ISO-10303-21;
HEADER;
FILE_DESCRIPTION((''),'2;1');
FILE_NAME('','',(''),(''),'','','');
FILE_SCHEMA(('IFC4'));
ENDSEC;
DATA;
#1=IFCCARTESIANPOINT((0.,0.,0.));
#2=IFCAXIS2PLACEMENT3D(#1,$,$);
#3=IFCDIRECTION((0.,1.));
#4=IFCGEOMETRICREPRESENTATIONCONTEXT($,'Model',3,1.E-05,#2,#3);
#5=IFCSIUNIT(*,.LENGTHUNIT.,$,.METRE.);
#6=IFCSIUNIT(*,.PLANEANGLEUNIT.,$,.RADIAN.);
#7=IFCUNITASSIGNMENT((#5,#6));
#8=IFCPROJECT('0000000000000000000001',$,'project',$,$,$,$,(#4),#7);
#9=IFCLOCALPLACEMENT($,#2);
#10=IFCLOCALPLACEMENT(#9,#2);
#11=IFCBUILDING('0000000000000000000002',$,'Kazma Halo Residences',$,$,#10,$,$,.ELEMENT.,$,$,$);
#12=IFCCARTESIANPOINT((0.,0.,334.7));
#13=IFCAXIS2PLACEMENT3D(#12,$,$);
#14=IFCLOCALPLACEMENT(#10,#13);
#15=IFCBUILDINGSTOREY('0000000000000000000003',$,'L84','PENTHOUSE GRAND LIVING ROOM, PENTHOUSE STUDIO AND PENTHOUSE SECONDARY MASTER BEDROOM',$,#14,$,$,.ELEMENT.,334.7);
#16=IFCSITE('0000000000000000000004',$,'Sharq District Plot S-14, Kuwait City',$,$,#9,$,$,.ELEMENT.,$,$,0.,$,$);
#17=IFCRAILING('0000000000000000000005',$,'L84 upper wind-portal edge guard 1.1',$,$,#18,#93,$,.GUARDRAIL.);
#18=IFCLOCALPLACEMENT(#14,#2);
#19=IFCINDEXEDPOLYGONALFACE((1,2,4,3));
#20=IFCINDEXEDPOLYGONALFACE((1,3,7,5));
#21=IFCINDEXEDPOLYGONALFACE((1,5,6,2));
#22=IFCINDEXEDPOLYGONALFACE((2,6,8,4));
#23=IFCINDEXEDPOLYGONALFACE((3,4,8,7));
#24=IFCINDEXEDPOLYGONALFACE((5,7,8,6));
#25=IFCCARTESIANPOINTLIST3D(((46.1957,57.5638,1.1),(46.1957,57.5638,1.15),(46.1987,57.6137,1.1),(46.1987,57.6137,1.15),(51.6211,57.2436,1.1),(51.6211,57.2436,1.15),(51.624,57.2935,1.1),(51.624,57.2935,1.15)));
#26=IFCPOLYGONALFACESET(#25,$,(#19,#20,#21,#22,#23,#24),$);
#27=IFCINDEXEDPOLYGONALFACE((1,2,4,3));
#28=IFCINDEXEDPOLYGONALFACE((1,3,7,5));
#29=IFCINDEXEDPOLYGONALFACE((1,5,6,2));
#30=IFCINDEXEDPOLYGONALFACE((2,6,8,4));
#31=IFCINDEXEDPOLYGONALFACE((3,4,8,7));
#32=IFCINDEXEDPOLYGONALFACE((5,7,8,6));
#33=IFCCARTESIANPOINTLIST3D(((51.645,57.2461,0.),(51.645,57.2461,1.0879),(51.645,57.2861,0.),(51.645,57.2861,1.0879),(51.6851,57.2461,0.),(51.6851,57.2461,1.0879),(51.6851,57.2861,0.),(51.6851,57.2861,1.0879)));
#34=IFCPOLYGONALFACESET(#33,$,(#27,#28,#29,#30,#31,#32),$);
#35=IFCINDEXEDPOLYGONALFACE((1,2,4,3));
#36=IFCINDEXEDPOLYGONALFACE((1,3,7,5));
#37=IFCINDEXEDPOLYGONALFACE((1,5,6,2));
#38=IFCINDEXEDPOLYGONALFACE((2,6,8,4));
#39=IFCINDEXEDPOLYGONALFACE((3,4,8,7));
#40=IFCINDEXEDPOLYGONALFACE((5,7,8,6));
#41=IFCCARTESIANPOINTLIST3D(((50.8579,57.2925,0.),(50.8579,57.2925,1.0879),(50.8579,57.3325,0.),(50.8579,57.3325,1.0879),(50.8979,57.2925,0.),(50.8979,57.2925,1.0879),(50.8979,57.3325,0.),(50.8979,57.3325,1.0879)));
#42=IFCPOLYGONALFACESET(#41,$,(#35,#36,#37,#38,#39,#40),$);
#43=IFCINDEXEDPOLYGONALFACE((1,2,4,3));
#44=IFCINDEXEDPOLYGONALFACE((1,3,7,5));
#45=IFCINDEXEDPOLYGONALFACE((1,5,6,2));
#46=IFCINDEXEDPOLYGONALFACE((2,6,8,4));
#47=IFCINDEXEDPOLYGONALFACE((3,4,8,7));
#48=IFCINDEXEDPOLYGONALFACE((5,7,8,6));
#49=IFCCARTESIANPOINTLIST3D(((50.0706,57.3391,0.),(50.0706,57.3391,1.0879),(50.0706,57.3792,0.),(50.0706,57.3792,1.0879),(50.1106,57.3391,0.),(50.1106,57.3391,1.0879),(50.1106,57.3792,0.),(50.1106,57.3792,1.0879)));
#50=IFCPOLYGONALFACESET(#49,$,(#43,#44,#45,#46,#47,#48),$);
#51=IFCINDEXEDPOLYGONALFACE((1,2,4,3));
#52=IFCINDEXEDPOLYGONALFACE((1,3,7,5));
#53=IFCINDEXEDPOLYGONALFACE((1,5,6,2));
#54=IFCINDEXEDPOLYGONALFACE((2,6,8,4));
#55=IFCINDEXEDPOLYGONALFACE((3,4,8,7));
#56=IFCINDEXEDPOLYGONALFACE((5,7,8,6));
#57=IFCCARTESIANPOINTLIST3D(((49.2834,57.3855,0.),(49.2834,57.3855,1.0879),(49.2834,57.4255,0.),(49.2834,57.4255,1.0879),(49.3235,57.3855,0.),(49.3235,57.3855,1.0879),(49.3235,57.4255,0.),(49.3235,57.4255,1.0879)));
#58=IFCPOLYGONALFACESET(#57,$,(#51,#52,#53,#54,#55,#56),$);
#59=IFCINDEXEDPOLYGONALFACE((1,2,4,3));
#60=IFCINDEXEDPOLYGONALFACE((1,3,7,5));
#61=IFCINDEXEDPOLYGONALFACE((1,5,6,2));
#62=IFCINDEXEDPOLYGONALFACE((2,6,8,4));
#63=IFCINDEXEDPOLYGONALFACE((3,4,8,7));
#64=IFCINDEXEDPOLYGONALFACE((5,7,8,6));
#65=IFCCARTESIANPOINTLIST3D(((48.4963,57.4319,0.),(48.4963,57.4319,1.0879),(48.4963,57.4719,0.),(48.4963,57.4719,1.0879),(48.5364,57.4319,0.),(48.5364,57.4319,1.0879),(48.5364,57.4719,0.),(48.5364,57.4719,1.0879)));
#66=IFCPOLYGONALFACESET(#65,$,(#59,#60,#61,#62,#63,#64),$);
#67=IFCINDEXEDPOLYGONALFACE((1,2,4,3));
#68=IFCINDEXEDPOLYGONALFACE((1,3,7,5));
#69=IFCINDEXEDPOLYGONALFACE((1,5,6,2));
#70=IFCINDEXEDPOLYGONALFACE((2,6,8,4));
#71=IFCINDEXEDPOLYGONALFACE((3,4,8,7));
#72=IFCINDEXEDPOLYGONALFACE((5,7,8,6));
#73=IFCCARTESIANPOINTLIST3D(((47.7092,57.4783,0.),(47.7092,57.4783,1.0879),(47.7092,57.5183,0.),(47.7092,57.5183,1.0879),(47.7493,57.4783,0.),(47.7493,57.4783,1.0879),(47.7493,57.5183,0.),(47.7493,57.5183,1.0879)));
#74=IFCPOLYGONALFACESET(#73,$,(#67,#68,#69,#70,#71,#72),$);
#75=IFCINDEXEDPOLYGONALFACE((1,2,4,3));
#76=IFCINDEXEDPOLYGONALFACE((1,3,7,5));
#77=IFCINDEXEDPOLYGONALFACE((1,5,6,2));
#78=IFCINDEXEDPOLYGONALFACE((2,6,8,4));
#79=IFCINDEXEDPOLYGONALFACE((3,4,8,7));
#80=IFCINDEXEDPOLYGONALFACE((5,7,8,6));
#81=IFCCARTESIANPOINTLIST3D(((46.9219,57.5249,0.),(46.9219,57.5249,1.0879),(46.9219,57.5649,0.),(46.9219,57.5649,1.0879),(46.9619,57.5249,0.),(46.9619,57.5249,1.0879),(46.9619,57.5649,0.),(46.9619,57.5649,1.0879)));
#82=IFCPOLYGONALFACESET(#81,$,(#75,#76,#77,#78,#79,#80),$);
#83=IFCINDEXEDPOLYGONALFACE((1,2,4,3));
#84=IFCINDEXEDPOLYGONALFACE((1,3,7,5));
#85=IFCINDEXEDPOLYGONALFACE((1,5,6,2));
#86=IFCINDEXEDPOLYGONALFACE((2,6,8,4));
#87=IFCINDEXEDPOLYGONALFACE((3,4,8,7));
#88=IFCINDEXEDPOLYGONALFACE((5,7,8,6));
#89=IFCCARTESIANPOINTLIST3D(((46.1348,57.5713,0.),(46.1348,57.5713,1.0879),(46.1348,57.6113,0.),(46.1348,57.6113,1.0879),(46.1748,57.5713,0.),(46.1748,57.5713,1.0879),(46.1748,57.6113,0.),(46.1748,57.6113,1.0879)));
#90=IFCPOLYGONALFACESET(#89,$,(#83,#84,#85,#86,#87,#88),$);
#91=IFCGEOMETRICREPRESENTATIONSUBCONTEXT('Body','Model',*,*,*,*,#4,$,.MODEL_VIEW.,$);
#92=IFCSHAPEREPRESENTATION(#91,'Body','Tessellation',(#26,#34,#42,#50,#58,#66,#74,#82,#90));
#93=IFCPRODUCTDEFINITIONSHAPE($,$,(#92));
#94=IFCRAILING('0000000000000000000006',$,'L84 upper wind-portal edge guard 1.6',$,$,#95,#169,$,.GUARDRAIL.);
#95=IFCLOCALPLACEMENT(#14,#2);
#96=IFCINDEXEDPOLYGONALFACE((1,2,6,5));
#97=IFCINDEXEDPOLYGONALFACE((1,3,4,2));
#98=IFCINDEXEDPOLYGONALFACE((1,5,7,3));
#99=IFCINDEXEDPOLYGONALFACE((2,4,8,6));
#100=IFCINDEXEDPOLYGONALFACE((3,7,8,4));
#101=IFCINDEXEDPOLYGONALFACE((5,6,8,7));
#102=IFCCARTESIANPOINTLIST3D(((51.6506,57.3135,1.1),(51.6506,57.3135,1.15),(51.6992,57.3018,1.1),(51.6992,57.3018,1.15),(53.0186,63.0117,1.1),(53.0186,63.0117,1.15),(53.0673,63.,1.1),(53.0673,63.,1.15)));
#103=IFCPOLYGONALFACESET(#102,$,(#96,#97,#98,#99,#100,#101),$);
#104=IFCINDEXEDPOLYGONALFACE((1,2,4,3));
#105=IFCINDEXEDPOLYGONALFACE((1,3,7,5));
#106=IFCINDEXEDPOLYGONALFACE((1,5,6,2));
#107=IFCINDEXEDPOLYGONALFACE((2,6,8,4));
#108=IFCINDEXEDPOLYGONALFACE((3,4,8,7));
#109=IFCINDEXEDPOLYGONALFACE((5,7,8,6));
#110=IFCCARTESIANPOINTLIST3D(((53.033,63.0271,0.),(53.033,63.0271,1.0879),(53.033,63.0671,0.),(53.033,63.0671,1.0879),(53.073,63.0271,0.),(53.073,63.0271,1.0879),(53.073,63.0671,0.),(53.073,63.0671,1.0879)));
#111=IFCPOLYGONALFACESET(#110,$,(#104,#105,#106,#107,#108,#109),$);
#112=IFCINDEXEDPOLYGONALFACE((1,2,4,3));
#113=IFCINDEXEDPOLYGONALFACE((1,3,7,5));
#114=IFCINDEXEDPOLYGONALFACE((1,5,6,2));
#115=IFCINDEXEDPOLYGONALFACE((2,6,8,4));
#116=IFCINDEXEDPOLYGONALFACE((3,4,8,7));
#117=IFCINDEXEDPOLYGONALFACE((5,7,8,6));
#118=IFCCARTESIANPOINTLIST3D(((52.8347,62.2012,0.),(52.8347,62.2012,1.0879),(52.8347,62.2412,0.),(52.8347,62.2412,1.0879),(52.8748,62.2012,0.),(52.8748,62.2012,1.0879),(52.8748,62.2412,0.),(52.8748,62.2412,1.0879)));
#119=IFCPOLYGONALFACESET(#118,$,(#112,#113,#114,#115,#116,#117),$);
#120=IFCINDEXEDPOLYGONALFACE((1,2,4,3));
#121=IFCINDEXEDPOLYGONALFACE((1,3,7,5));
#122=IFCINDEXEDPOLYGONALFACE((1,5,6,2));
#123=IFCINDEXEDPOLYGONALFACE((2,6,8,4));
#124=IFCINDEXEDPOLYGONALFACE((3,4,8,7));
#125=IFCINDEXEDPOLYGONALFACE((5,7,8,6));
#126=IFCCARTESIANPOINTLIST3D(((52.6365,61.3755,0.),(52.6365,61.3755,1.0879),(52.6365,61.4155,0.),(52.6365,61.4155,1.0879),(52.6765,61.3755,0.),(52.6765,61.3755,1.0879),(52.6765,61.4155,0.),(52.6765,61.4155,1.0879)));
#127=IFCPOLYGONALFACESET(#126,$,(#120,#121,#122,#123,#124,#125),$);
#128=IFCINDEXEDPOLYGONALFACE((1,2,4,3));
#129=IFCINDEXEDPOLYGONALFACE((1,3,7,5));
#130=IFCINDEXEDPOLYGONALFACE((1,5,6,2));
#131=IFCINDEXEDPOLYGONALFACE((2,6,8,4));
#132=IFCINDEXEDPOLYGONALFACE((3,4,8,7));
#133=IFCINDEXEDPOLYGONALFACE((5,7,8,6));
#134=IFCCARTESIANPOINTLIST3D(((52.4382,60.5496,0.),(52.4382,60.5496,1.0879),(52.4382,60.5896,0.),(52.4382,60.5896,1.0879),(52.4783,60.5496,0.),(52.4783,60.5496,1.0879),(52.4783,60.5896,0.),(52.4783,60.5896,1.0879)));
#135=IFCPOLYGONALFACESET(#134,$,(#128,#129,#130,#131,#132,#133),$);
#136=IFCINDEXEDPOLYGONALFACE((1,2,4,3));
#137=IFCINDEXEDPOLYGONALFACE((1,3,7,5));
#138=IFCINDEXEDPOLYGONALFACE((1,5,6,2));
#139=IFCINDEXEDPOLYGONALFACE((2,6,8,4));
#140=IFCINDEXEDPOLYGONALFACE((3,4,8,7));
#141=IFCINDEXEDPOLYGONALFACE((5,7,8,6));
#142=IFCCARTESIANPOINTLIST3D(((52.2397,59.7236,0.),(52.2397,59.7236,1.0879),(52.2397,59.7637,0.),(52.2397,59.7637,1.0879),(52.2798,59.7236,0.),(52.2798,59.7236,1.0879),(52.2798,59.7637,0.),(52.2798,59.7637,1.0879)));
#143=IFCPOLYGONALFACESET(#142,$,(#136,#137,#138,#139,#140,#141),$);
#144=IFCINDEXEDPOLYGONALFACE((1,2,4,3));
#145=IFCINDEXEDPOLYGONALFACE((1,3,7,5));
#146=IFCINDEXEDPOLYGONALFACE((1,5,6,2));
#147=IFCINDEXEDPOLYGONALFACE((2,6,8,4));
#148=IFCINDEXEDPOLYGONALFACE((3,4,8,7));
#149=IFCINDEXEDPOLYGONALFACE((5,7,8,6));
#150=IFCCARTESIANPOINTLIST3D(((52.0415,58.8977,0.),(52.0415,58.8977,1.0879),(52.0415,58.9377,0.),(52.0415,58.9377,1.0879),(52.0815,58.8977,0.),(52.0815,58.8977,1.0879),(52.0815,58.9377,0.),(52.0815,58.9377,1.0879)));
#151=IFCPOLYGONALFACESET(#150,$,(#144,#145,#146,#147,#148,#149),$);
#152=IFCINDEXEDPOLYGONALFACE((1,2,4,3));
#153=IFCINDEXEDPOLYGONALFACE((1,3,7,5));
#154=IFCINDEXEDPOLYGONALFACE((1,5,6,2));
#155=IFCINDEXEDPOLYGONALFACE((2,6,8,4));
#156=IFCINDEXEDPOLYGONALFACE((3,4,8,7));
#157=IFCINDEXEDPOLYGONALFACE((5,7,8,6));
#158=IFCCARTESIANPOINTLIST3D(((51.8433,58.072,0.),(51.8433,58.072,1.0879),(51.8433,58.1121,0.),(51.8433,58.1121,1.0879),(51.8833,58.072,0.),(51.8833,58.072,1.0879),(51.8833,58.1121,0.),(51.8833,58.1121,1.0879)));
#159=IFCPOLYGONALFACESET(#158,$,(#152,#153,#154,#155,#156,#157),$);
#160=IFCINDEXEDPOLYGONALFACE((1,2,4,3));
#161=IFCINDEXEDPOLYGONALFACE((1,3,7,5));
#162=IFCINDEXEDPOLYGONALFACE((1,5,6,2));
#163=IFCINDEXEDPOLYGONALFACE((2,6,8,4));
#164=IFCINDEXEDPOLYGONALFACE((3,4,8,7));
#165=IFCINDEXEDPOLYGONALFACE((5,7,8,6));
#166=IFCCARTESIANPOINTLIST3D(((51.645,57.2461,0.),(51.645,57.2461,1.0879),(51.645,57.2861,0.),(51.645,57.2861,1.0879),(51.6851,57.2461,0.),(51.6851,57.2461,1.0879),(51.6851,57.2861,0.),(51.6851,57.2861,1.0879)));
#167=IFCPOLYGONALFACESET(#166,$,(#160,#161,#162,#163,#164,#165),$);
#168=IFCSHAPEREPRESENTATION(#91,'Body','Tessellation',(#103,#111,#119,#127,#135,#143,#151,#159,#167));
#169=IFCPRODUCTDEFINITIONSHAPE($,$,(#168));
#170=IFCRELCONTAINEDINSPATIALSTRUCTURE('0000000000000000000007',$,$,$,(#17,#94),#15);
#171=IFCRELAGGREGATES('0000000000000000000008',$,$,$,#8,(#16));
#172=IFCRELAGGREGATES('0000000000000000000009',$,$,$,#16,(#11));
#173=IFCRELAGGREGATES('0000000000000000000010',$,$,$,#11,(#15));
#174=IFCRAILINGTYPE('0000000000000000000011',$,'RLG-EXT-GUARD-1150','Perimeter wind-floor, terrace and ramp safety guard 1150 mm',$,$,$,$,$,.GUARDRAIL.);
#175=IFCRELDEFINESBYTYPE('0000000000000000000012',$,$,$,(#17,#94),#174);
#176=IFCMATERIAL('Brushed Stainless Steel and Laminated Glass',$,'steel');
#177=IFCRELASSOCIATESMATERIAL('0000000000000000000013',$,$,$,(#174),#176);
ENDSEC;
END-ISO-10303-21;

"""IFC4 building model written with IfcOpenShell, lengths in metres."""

from ifc_helpers import new_model, si_unit, direction, frame, origin, origin_2d, place, context, subcontext, project, spatial, rectangle, extrude, material, type_object, element, save


model = new_model("IFC4")

# Units and contexts
model_context = context("Model", 3, precision=1e-05, world=origin(), true_north=direction((0.0, 1.0)))
body_context = subcontext(model_context, "Body", "Model", "MODEL_VIEW")
ifc_project = project(units=[si_unit("LENGTHUNIT", "METRE"), si_unit("PLANEANGLEUNIT", "RADIAN")], contexts=[model_context])

# Site, building, storey
site_placement = place(None, origin())
site = spatial("IfcSite", under=ifc_project, at=site_placement, Name="Sharq District Plot S-14, Kuwait City", CompositionType="ELEMENT", RefElevation=0.0)
building_placement = place(site_placement, origin())
building = spatial("IfcBuilding", under=site, at=building_placement, Name="Kazma Halo Residences", CompositionType="ELEMENT")
storey_placement = place(building_placement, frame((0.0, 0.0, 334.7)))
storey = spatial("IfcBuildingStorey", under=building, at=storey_placement, Name="L84", Description="PENTHOUSE GRAND LIVING ROOM, PENTHOUSE STUDIO AND PENTHOUSE SECONDARY MASTER BEDROOM", CompositionType="ELEMENT", Elevation=334.7)

# Railings
ifc_material_1 = material(Name="Brushed Stainless Steel and Laminated Glass", Category="steel")
railing_type_1 = type_object("IfcRailingType", Name="RLG-EXT-GUARD-1150", Description="Perimeter wind-floor, terrace and ramp safety guard 1150 mm", PredefinedType="GUARDRAIL", material=ifc_material_1)
railing_1_placement = place(storey_placement, frame((51.665, 57.2661, 0.0)))
element("IfcRailing", 1, at=railing_1_placement, inside=storey, type_object=railing_type_1, Name="L84 upper wind-portal edge guard 1.1", PredefinedType="GUARDRAIL", context=body_context, shape_type="SweptSolid", body=[
    extrude(rectangle(XDim=0.05, YDim=0.05, at=origin_2d()), frame((-0.0425, 0.0024, 1.125), z_axis=(-0.998263, 0.058914, 0.0), x_axis=(-0.058914, -0.998263, 0.0)), (0.0, 0.0, 1.0), 5.4348),
    extrude(rectangle(XDim=0.04, YDim=0.04, at=origin_2d()), origin(), (0.0, 0.0, 1.0), 1.0879),
    extrude(rectangle(XDim=0.04, YDim=0.04, at=origin_2d()), frame((-0.7871, 0.0464, 0.0)), (0.0, 0.0, 1.0), 1.0879),
    extrude(rectangle(XDim=0.04, YDim=0.04, at=origin_2d()), frame((-1.5745, 0.093, 0.0)), (0.0, 0.0, 1.0), 1.0879),
    extrude(rectangle(XDim=0.04, YDim=0.04, at=origin_2d()), frame((-2.3616, 0.1394, 0.0)), (0.0, 0.0, 1.0), 1.0879),
    extrude(rectangle(XDim=0.04, YDim=0.04, at=origin_2d()), frame((-3.1487, 0.1858, 0.0)), (0.0, 0.0, 1.0), 1.0879),
    extrude(rectangle(XDim=0.04, YDim=0.04, at=origin_2d()), frame((-3.9358, 0.2322, 0.0)), (0.0, 0.0, 1.0), 1.0879),
    extrude(rectangle(XDim=0.04, YDim=0.04, at=origin_2d()), frame((-4.7231, 0.2788, 0.0)), (0.0, 0.0, 1.0), 1.0879),
    extrude(rectangle(XDim=0.04, YDim=0.04, at=origin_2d()), frame((-5.5103, 0.3252, 0.0)), (0.0, 0.0, 1.0), 1.0879),
])
railing_2_placement = place(storey_placement, frame((53.053, 63.0471, 0.0)))
element("IfcRailing", 2, at=railing_2_placement, inside=storey, type_object=railing_type_1, Name="L84 upper wind-portal edge guard 1.6", PredefinedType="GUARDRAIL", context=body_context, shape_type="SweptSolid", body=[
    extrude(rectangle(XDim=0.05, YDim=0.05, at=origin_2d()), frame((-0.01, -0.0413, 1.125), z_axis=(-0.233452, -0.972368, 0.0), x_axis=(0.972368, -0.233452, 0.0)), (0.0, 0.0, 1.0), 5.8601),
    extrude(rectangle(XDim=0.04, YDim=0.04, at=origin_2d()), origin(), (0.0, 0.0, 1.0), 1.0879),
    extrude(rectangle(XDim=0.04, YDim=0.04, at=origin_2d()), frame((-0.1982, -0.8259, 0.0)), (0.0, 0.0, 1.0), 1.0879),
    extrude(rectangle(XDim=0.04, YDim=0.04, at=origin_2d()), frame((-0.3965, -1.6516, 0.0)), (0.0, 0.0, 1.0), 1.0879),
    extrude(rectangle(XDim=0.04, YDim=0.04, at=origin_2d()), frame((-0.5947, -2.4775, 0.0)), (0.0, 0.0, 1.0), 1.0879),
    extrude(rectangle(XDim=0.04, YDim=0.04, at=origin_2d()), frame((-0.7932, -3.3035, 0.0)), (0.0, 0.0, 1.0), 1.0879),
    extrude(rectangle(XDim=0.04, YDim=0.04, at=origin_2d()), frame((-0.9915, -4.1294, 0.0)), (0.0, 0.0, 1.0), 1.0879),
    extrude(rectangle(XDim=0.04, YDim=0.04, at=origin_2d()), frame((-1.1897, -4.9551, 0.0)), (0.0, 0.0, 1.0), 1.0879),
    extrude(rectangle(XDim=0.04, YDim=0.04, at=origin_2d()), frame((-1.3879, -5.781, 0.0)), (0.0, 0.0, 1.0), 1.0879),
])

save(model, "model.ifc")
